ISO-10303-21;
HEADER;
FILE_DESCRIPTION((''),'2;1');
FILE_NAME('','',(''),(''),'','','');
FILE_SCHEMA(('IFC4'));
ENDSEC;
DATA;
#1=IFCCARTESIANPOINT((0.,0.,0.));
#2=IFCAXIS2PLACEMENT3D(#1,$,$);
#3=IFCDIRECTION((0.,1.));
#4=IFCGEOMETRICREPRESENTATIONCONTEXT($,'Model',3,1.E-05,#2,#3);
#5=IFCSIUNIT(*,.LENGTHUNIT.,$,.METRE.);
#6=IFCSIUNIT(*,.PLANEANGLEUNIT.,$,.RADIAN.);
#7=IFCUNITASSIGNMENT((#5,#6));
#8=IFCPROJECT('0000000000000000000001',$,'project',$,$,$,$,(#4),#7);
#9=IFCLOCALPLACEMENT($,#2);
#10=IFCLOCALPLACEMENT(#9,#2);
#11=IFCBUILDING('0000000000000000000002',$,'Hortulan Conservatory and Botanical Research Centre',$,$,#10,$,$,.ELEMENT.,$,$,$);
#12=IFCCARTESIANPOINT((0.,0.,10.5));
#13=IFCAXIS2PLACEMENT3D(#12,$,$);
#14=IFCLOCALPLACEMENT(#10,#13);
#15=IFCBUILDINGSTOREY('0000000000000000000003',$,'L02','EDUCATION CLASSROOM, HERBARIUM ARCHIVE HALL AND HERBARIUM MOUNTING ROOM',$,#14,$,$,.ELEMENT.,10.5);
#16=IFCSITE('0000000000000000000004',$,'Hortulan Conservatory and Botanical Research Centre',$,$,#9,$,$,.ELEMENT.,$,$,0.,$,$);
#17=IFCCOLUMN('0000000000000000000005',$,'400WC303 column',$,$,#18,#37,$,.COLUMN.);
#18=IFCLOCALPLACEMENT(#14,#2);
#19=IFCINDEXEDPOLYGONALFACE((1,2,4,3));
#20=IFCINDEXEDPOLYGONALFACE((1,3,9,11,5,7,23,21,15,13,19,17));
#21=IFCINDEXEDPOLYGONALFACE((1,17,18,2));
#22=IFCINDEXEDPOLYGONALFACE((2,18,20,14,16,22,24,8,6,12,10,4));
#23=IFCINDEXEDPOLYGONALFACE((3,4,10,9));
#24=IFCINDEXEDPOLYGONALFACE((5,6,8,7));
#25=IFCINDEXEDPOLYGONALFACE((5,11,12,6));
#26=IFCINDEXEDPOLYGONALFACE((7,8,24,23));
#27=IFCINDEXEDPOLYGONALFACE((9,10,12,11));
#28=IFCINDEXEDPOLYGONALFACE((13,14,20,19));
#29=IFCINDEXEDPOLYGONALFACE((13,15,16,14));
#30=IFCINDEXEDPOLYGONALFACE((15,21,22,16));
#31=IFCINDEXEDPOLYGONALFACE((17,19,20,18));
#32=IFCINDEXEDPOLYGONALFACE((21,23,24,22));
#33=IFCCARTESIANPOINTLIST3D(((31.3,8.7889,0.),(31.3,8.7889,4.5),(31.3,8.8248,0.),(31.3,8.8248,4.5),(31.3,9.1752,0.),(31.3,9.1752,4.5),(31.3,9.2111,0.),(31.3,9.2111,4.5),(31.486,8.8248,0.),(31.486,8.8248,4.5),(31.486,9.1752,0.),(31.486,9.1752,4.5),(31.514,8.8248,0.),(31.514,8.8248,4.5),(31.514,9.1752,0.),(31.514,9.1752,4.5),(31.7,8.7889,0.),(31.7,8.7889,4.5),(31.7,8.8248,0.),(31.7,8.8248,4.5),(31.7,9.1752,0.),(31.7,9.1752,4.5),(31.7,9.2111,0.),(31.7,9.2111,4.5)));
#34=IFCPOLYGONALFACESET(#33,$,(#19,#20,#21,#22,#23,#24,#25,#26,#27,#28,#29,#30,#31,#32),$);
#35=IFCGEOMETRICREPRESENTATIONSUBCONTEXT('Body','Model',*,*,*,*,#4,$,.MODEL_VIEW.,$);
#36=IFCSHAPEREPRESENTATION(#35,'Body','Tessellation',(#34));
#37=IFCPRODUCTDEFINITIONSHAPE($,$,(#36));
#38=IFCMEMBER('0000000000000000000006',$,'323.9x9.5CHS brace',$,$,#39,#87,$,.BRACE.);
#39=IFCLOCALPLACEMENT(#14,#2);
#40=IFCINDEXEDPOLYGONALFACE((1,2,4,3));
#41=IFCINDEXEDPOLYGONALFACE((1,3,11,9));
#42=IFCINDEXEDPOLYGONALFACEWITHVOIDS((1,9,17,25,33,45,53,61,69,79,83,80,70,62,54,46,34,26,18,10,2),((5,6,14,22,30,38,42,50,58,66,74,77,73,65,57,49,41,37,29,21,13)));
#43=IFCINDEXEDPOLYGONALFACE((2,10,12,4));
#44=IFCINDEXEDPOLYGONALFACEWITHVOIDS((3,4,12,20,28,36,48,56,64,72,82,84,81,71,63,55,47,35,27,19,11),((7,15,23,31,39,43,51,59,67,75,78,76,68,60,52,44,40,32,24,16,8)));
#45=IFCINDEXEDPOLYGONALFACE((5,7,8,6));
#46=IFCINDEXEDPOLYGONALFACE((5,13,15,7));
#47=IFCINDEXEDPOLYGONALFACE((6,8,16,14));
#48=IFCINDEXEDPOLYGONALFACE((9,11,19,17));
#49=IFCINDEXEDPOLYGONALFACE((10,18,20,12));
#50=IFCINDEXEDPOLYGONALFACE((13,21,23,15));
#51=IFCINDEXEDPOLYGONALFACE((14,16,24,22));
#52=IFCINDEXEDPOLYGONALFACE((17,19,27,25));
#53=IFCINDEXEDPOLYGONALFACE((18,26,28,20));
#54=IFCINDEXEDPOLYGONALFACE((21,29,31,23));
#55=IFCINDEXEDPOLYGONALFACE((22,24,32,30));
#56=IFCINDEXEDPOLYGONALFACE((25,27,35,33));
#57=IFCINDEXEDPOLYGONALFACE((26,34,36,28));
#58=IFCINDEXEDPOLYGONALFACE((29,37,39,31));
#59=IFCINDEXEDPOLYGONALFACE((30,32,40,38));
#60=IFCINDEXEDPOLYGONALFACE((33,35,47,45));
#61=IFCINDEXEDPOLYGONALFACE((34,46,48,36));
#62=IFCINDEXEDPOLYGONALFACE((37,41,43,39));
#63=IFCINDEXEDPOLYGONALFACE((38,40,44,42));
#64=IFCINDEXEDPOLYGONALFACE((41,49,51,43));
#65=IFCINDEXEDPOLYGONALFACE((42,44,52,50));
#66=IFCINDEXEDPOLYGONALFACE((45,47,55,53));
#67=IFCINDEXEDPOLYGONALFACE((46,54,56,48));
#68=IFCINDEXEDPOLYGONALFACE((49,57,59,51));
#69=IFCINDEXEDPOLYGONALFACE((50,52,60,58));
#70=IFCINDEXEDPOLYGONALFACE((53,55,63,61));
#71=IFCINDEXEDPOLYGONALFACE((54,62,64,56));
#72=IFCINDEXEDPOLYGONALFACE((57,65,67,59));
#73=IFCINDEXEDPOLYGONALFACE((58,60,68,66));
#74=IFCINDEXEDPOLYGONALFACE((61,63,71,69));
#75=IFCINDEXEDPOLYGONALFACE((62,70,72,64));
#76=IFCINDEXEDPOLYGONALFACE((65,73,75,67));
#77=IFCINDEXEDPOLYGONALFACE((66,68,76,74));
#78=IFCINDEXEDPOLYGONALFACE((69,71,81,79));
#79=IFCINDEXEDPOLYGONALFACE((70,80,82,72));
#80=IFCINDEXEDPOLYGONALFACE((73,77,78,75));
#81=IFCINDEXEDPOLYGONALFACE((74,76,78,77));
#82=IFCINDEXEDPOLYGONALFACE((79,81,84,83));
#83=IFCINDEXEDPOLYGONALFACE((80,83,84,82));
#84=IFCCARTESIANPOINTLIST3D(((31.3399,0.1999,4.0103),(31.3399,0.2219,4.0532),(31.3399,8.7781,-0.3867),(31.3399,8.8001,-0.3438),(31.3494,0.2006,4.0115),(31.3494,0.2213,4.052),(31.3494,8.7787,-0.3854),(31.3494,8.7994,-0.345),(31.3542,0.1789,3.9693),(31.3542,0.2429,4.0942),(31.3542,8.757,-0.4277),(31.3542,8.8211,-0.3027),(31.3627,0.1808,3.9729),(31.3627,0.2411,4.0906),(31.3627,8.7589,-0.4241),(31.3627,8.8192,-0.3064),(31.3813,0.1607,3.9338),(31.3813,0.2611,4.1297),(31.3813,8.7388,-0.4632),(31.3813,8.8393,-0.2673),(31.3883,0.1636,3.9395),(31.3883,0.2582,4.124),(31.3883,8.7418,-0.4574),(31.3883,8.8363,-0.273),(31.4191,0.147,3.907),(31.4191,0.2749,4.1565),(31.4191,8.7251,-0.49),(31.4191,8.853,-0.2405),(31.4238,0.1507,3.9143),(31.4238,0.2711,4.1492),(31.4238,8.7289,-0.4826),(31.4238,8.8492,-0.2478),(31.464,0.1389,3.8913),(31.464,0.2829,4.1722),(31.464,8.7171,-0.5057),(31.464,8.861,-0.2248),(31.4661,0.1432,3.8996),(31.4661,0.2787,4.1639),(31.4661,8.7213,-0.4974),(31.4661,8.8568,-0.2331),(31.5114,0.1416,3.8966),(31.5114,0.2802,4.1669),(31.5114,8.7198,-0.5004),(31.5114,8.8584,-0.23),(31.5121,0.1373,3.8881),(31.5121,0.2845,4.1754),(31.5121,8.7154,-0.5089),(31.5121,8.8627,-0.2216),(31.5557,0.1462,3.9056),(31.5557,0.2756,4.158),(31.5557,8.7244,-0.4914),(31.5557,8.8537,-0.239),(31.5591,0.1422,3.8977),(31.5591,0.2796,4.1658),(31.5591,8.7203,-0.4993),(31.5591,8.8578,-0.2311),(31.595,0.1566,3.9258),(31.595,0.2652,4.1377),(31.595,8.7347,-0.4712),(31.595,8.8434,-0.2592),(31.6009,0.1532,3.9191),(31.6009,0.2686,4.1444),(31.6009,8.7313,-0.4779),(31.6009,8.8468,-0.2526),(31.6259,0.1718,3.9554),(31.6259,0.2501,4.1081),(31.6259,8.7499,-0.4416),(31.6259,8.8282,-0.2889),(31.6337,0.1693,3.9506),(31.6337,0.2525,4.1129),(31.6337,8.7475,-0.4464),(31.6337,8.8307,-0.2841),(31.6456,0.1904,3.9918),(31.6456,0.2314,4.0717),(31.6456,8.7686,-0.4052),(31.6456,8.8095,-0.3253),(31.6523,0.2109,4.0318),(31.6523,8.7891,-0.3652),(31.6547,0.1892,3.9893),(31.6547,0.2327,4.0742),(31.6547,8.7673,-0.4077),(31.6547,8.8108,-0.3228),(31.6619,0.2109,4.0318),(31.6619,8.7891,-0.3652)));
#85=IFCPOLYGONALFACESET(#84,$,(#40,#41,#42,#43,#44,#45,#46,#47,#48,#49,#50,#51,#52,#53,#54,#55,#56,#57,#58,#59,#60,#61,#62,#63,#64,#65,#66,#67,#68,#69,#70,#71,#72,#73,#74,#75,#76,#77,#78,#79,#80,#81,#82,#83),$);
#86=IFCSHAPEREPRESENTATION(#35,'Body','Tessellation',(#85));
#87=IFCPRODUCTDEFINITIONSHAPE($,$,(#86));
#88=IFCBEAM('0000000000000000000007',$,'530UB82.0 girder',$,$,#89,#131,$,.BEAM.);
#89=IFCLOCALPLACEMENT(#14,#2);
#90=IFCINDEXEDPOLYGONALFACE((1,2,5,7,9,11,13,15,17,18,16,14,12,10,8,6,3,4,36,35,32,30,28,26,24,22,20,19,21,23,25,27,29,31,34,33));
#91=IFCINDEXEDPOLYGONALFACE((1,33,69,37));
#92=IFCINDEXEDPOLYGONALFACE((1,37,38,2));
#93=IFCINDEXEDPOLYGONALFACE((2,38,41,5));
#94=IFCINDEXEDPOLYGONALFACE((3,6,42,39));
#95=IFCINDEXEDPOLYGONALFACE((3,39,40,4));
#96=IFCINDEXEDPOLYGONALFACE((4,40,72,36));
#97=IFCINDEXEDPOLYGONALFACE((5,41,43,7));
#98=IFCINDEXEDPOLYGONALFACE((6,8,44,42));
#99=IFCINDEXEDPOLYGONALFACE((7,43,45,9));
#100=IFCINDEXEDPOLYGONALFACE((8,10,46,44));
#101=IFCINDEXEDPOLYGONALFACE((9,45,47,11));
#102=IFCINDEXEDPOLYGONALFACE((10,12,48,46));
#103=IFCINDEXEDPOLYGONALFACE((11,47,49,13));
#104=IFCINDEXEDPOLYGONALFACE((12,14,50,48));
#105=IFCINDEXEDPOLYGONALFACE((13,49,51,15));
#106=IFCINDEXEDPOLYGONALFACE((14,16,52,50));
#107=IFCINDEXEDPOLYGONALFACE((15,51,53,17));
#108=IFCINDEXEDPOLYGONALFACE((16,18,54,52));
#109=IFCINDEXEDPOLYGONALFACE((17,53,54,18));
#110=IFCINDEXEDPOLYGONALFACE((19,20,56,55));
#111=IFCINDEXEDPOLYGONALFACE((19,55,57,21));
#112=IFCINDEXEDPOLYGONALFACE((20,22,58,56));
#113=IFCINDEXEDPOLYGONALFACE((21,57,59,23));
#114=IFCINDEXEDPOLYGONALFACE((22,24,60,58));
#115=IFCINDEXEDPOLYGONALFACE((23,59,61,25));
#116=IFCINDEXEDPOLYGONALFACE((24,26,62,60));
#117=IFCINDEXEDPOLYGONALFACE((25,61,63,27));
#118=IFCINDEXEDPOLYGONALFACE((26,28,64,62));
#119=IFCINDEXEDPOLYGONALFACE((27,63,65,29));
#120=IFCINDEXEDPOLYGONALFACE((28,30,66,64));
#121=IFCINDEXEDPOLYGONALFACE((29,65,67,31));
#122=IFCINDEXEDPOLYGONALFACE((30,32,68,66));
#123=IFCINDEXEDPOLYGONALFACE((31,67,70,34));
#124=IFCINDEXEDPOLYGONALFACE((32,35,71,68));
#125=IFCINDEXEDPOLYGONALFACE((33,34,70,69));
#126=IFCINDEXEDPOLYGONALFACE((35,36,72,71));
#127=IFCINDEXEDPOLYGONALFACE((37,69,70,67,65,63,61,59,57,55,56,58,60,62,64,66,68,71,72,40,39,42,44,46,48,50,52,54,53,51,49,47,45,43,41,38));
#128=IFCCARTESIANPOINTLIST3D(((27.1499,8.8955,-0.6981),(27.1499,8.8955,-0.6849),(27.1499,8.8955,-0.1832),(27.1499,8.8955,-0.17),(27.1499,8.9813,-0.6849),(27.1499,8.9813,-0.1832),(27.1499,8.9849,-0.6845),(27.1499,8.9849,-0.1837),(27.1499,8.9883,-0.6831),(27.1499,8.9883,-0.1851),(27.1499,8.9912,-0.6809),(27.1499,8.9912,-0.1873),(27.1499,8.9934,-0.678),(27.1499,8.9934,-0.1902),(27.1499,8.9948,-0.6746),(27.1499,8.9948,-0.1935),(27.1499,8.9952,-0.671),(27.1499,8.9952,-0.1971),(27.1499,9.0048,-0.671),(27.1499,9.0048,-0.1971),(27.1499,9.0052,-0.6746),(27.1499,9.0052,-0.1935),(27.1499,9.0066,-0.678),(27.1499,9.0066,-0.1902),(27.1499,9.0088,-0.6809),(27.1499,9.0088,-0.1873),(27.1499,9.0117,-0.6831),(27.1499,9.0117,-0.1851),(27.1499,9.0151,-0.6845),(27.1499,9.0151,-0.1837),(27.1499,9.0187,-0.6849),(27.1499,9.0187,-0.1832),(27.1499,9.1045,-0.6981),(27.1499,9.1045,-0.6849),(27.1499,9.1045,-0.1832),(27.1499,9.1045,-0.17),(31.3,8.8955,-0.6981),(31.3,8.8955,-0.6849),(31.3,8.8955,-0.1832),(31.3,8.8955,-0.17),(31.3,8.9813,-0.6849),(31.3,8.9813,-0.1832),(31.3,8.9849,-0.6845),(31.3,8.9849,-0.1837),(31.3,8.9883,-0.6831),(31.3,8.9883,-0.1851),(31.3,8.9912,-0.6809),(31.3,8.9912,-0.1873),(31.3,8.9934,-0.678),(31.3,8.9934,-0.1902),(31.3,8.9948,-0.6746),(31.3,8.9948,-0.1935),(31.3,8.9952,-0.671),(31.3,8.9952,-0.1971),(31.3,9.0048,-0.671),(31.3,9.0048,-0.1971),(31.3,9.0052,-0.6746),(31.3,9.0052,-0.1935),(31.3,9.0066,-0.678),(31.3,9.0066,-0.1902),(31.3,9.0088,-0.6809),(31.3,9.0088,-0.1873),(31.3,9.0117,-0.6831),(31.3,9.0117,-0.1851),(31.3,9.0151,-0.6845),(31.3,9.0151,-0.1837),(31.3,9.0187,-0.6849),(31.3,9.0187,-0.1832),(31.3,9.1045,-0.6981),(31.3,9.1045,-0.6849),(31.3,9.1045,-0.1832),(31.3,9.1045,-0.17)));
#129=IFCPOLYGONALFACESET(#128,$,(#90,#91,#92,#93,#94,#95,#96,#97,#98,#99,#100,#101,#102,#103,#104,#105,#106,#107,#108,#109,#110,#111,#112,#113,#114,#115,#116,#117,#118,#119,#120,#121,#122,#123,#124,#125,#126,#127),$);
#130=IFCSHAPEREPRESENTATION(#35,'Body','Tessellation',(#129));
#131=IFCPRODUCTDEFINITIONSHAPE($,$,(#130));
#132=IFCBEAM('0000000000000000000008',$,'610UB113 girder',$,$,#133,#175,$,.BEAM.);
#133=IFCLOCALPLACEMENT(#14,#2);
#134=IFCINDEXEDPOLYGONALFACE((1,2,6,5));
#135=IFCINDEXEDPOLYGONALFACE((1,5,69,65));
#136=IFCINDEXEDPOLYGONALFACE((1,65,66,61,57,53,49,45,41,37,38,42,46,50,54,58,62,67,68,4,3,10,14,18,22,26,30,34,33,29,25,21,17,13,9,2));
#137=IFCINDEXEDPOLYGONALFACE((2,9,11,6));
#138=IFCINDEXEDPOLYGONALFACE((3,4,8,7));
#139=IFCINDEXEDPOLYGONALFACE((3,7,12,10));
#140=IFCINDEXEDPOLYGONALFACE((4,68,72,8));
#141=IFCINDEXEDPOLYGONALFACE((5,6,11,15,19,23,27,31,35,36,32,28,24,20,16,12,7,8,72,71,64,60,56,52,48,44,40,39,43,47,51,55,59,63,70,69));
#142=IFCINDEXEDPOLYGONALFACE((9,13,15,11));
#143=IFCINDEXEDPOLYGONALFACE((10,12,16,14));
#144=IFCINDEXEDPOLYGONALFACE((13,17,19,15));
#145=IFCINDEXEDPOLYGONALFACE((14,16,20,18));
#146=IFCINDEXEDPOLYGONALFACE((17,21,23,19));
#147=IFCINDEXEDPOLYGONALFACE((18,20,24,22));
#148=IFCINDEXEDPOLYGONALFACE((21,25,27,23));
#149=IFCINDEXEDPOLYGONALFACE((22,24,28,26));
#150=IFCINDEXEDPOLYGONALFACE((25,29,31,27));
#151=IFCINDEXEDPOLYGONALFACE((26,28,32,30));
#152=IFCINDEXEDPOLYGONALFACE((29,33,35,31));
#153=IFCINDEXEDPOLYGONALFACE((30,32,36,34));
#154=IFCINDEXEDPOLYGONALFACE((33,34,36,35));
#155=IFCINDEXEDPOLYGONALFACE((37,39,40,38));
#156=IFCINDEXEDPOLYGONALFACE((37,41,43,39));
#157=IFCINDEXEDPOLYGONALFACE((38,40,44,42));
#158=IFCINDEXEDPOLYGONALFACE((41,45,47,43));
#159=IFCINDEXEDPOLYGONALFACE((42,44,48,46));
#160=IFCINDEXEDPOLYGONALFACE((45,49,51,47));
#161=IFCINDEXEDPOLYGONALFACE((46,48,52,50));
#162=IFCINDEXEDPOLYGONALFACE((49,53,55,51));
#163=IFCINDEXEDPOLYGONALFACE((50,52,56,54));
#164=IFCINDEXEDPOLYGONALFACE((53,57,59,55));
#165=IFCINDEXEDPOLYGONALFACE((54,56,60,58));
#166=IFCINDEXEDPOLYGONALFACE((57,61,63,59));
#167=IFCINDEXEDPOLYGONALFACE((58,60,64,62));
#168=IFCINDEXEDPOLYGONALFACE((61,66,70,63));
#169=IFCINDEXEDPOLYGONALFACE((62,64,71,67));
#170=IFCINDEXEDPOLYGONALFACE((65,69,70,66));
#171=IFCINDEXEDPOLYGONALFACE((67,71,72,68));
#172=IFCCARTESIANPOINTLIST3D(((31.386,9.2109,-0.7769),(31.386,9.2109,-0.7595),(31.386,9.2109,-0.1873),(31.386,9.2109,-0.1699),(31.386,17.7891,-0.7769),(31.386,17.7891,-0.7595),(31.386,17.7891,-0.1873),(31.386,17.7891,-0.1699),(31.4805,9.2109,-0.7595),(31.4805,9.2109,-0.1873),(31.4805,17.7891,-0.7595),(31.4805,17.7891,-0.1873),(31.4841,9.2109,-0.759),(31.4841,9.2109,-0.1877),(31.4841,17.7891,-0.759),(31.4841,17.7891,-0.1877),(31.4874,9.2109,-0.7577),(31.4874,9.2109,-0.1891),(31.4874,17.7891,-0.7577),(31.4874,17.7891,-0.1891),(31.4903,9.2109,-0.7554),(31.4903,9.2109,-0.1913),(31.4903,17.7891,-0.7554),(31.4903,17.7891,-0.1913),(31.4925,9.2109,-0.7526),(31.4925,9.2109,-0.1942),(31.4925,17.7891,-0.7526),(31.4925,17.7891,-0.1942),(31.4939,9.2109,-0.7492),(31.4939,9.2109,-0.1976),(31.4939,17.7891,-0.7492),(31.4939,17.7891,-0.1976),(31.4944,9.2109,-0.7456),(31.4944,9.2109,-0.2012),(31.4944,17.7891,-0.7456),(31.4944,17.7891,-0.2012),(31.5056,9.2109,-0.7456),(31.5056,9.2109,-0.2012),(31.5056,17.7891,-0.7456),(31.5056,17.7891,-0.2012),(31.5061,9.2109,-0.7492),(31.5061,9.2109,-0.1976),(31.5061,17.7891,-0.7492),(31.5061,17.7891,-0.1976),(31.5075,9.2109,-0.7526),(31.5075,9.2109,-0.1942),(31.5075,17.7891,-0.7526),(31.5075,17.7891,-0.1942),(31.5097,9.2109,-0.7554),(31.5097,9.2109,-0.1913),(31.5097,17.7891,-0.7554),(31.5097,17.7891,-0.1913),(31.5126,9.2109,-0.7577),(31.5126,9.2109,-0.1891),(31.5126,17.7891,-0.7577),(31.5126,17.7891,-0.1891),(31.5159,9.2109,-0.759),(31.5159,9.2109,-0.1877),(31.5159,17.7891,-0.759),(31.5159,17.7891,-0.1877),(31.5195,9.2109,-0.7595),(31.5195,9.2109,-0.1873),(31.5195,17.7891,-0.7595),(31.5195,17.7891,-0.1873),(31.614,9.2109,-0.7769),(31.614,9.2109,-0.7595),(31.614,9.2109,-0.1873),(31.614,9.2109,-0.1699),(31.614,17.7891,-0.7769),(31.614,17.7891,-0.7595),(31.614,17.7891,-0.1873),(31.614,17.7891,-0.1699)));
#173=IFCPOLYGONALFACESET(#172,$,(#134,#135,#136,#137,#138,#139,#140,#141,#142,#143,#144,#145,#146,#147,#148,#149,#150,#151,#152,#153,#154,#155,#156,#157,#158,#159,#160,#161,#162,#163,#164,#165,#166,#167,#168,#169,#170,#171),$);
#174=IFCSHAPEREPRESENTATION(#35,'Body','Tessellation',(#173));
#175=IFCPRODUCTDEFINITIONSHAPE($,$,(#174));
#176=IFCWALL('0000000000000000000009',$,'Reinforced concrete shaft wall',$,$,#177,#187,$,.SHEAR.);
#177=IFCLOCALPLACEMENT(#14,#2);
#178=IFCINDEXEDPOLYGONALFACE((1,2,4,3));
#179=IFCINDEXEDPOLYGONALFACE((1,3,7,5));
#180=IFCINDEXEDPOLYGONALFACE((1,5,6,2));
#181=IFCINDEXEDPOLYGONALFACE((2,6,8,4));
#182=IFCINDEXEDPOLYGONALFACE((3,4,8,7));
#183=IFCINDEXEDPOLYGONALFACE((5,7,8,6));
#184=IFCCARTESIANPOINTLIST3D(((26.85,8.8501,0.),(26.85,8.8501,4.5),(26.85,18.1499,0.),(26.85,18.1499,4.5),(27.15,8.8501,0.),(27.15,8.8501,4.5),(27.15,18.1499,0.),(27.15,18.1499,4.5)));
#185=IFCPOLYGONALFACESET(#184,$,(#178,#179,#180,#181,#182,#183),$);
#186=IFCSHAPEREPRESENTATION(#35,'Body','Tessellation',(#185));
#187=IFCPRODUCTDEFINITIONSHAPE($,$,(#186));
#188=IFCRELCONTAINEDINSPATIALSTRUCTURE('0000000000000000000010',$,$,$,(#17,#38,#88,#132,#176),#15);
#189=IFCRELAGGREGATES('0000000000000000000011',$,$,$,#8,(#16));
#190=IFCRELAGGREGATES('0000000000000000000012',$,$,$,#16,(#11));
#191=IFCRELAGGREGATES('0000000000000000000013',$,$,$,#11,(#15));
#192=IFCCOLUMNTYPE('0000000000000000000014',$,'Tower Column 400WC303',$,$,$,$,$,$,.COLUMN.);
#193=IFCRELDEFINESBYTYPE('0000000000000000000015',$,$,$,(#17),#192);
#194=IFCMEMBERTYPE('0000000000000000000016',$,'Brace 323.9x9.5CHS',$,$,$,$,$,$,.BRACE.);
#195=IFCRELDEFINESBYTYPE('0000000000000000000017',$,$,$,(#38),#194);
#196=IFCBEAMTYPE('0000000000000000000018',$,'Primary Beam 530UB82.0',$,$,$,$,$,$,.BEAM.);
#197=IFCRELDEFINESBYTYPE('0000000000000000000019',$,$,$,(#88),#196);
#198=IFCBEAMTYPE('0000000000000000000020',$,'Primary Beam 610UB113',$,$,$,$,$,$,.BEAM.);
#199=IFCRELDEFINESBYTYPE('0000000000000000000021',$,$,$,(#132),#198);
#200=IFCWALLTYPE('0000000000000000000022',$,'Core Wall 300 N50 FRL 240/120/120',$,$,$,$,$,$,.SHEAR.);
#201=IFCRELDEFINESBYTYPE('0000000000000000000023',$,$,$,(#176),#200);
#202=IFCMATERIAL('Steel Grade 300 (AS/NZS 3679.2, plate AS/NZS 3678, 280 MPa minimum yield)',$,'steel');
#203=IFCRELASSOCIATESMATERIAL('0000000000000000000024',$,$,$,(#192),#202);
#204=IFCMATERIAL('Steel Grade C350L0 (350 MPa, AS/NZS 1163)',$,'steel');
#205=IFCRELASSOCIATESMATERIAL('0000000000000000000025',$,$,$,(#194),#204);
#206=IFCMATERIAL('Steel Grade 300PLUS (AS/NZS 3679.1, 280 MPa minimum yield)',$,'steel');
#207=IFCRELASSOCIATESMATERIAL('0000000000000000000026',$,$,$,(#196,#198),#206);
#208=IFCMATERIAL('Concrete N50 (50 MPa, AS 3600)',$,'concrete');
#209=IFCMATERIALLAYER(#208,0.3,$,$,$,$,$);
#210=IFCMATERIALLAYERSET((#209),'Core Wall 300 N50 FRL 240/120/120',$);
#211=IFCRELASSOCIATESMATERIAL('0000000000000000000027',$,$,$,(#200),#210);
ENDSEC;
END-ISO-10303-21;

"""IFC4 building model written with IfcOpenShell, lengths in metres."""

from ifc_helpers import new_model, si_unit, direction, frame, frame_2d, origin, origin_2d, place, context, subcontext, project, spatial, rectangle, hollow_circle, i_section, extrude, material, layer, layer_set, material_profile, profile_set, type_object, element, save


model = new_model("IFC4")

# Units and contexts
model_context = context("Model", 3, precision=1e-05, world=origin(), true_north=direction((0.0, 1.0)))
body_context = subcontext(model_context, "Body", "Model", "MODEL_VIEW")
ifc_project = project(units=[si_unit("LENGTHUNIT", "METRE"), si_unit("PLANEANGLEUNIT", "RADIAN")], contexts=[model_context])

# Site, building, storey
site_placement = place(None, origin())
site = spatial("IfcSite", under=ifc_project, at=site_placement, Name="Hortulan Conservatory and Botanical Research Centre", CompositionType="ELEMENT", RefElevation=0.0)
building_placement = place(site_placement, origin())
building = spatial("IfcBuilding", under=site, at=building_placement, Name="Hortulan Conservatory and Botanical Research Centre", CompositionType="ELEMENT")
storey_placement = place(building_placement, frame((0.0, 0.0, 10.5)))
storey = spatial("IfcBuildingStorey", under=building, at=storey_placement, Name="L02", Description="EDUCATION CLASSROOM, HERBARIUM ARCHIVE HALL AND HERBARIUM MOUNTING ROOM", CompositionType="ELEMENT", Elevation=10.5)

# Column
ifc_material_1 = material(Name="Steel Grade 300 (AS/NZS 3679.2, plate AS/NZS 3678, 280 MPa minimum yield)", Category="steel")
ifc_material_profile_1 = material_profile(ifc_material_1, i_section(OverallWidth=0.3999, OverallDepth=0.4221, WebThickness=0.0281, FlangeThickness=0.0359, at=origin_2d()), Name="400WC303")
ifc_profile_set_1 = profile_set([ifc_material_profile_1], Name="Steel Grade 300 (AS/NZS 3679.2, plate AS/NZS 3678, 280 MPa minimum yield)")
column_type = type_object("IfcColumnType", Name="Tower Column 400WC303", PredefinedType="COLUMN", material=ifc_profile_set_1)
column_placement = place(storey_placement, frame((31.5, 9.0, 0.0), z_axis=(0.0, 0.0, 1.0), x_axis=(1.0, 0.0, 0.0)))
element("IfcColumn", 1, at=column_placement, inside=storey, type_object=column_type, Name="400WC303 column", PredefinedType="COLUMN", context=body_context, shape_type="SweptSolid", body=[
    extrude(i_section(OverallWidth=0.3999, OverallDepth=0.4221, WebThickness=0.0281, FlangeThickness=0.0359, at=origin_2d()), origin(), (0.0, 0.0, 1.0), 4.5),
])

# Member
ifc_material_2 = material(Name="Steel Grade C350L0 (350 MPa, AS/NZS 1163)", Category="steel")
ifc_material_profile_2 = material_profile(ifc_material_2, hollow_circle(Radius=0.1619, WallThickness=0.0095, at=origin_2d()), Name="323.9x9.5CHS")
ifc_profile_set_2 = profile_set([ifc_material_profile_2], Name="Steel Grade C350L0 (350 MPa, AS/NZS 1163)")
member_type = type_object("IfcMemberType", Name="Brace 323.9x9.5CHS", PredefinedType="BRACE", material=ifc_profile_set_2)
member_placement = place(storey_placement, frame((31.5, 8.7891, -0.3652), z_axis=(0.0, -0.889904, 0.456147), x_axis=(1.0, 0.0, 0.0)))
element("IfcMember", 2, at=member_placement, inside=storey, type_object=member_type, Name="323.9x9.5CHS brace", PredefinedType="BRACE", context=body_context, shape_type="SweptSolid", body=[
    extrude(hollow_circle(Radius=0.1619, WallThickness=0.0095, at=origin_2d()), origin(), (0.0, 0.0, 1.0), 9.6394),
])

# Beams
ifc_material_3 = material(Name="Steel Grade 300PLUS (AS/NZS 3679.1, 280 MPa minimum yield)", Category="steel")
ifc_material_profile_3 = material_profile(ifc_material_3, i_section(OverallWidth=0.209, OverallDepth=0.5281, WebThickness=0.0095, FlangeThickness=0.0132, FilletRadius=0.0139, at=origin_2d()), Name="530UB82.0")
ifc_profile_set_3 = profile_set([ifc_material_profile_3], Name="Steel Grade 300PLUS (AS/NZS 3679.1, 280 MPa minimum yield)")
beam_type_1 = type_object("IfcBeamType", Name="Primary Beam 530UB82.0", PredefinedType="BEAM", material=ifc_profile_set_3)
beam_1_placement = place(storey_placement, frame((27.1499, 9.0, -0.4341), z_axis=(1.0, 0.0, 0.0), x_axis=(0.0, 1.0, 0.0)))
element("IfcBeam", 3, at=beam_1_placement, inside=storey, type_object=beam_type_1, Name="530UB82.0 girder", PredefinedType="BEAM", context=body_context, shape_type="SweptSolid", body=[
    extrude(i_section(OverallWidth=0.209, OverallDepth=0.5281, WebThickness=0.0095, FlangeThickness=0.0132, FilletRadius=0.0139, at=origin_2d()), origin(), (0.0, 0.0, 1.0), 4.1501),
])
ifc_material_profile_4 = material_profile(ifc_material_3, i_section(OverallWidth=0.228, OverallDepth=0.6069, WebThickness=0.0112, FlangeThickness=0.0173, FilletRadius=0.0139, at=origin_2d()), Name="610UB113")
ifc_profile_set_4 = profile_set([ifc_material_profile_4], Name="Steel Grade 300PLUS (AS/NZS 3679.1, 280 MPa minimum yield)")
beam_type_2 = type_object("IfcBeamType", Name="Primary Beam 610UB113", PredefinedType="BEAM", material=ifc_profile_set_4)
beam_2_placement = place(storey_placement, frame((31.5, 9.2109, -0.4734), z_axis=(0.0, 1.0, 0.0), x_axis=(-1.0, 0.0, 0.0)))
element("IfcBeam", 4, at=beam_2_placement, inside=storey, type_object=beam_type_2, Name="610UB113 girder", PredefinedType="BEAM", context=body_context, shape_type="SweptSolid", body=[
    extrude(i_section(OverallWidth=0.228, OverallDepth=0.6069, WebThickness=0.0112, FlangeThickness=0.0173, FilletRadius=0.0139, at=origin_2d()), origin(), (0.0, 0.0, 1.0), 8.5781),
])

# Wall
ifc_material_4 = material(Name="Concrete N50 (50 MPa, AS 3600)", Category="concrete")
ifc_layer_1 = layer(ifc_material_4, 0.3)
ifc_layer_set_1 = layer_set([ifc_layer_1], Name="Core Wall 300 N50 FRL 240/120/120")
wall_type_1 = type_object("IfcWallType", Name="Core Wall 300 N50 FRL 240/120/120", PredefinedType="SHEAR", material=ifc_layer_set_1)
wall_1_placement = place(storey_placement, frame((27.0, 8.8501, 0.0), z_axis=(0.0, 0.0, 1.0), x_axis=(0.0, 1.0, 0.0)))
element("IfcWall", 5, at=wall_1_placement, inside=storey, type_object=wall_type_1, Name="Reinforced concrete shaft wall", PredefinedType="SHEAR", context=body_context, shape_type="SweptSolid", body=[
    extrude(rectangle(XDim=9.2998, YDim=0.3, at=frame_2d((4.6499, 0.0))), origin(), (0.0, 0.0, 1.0), 4.5),
])

save(model, "model.ifc")
